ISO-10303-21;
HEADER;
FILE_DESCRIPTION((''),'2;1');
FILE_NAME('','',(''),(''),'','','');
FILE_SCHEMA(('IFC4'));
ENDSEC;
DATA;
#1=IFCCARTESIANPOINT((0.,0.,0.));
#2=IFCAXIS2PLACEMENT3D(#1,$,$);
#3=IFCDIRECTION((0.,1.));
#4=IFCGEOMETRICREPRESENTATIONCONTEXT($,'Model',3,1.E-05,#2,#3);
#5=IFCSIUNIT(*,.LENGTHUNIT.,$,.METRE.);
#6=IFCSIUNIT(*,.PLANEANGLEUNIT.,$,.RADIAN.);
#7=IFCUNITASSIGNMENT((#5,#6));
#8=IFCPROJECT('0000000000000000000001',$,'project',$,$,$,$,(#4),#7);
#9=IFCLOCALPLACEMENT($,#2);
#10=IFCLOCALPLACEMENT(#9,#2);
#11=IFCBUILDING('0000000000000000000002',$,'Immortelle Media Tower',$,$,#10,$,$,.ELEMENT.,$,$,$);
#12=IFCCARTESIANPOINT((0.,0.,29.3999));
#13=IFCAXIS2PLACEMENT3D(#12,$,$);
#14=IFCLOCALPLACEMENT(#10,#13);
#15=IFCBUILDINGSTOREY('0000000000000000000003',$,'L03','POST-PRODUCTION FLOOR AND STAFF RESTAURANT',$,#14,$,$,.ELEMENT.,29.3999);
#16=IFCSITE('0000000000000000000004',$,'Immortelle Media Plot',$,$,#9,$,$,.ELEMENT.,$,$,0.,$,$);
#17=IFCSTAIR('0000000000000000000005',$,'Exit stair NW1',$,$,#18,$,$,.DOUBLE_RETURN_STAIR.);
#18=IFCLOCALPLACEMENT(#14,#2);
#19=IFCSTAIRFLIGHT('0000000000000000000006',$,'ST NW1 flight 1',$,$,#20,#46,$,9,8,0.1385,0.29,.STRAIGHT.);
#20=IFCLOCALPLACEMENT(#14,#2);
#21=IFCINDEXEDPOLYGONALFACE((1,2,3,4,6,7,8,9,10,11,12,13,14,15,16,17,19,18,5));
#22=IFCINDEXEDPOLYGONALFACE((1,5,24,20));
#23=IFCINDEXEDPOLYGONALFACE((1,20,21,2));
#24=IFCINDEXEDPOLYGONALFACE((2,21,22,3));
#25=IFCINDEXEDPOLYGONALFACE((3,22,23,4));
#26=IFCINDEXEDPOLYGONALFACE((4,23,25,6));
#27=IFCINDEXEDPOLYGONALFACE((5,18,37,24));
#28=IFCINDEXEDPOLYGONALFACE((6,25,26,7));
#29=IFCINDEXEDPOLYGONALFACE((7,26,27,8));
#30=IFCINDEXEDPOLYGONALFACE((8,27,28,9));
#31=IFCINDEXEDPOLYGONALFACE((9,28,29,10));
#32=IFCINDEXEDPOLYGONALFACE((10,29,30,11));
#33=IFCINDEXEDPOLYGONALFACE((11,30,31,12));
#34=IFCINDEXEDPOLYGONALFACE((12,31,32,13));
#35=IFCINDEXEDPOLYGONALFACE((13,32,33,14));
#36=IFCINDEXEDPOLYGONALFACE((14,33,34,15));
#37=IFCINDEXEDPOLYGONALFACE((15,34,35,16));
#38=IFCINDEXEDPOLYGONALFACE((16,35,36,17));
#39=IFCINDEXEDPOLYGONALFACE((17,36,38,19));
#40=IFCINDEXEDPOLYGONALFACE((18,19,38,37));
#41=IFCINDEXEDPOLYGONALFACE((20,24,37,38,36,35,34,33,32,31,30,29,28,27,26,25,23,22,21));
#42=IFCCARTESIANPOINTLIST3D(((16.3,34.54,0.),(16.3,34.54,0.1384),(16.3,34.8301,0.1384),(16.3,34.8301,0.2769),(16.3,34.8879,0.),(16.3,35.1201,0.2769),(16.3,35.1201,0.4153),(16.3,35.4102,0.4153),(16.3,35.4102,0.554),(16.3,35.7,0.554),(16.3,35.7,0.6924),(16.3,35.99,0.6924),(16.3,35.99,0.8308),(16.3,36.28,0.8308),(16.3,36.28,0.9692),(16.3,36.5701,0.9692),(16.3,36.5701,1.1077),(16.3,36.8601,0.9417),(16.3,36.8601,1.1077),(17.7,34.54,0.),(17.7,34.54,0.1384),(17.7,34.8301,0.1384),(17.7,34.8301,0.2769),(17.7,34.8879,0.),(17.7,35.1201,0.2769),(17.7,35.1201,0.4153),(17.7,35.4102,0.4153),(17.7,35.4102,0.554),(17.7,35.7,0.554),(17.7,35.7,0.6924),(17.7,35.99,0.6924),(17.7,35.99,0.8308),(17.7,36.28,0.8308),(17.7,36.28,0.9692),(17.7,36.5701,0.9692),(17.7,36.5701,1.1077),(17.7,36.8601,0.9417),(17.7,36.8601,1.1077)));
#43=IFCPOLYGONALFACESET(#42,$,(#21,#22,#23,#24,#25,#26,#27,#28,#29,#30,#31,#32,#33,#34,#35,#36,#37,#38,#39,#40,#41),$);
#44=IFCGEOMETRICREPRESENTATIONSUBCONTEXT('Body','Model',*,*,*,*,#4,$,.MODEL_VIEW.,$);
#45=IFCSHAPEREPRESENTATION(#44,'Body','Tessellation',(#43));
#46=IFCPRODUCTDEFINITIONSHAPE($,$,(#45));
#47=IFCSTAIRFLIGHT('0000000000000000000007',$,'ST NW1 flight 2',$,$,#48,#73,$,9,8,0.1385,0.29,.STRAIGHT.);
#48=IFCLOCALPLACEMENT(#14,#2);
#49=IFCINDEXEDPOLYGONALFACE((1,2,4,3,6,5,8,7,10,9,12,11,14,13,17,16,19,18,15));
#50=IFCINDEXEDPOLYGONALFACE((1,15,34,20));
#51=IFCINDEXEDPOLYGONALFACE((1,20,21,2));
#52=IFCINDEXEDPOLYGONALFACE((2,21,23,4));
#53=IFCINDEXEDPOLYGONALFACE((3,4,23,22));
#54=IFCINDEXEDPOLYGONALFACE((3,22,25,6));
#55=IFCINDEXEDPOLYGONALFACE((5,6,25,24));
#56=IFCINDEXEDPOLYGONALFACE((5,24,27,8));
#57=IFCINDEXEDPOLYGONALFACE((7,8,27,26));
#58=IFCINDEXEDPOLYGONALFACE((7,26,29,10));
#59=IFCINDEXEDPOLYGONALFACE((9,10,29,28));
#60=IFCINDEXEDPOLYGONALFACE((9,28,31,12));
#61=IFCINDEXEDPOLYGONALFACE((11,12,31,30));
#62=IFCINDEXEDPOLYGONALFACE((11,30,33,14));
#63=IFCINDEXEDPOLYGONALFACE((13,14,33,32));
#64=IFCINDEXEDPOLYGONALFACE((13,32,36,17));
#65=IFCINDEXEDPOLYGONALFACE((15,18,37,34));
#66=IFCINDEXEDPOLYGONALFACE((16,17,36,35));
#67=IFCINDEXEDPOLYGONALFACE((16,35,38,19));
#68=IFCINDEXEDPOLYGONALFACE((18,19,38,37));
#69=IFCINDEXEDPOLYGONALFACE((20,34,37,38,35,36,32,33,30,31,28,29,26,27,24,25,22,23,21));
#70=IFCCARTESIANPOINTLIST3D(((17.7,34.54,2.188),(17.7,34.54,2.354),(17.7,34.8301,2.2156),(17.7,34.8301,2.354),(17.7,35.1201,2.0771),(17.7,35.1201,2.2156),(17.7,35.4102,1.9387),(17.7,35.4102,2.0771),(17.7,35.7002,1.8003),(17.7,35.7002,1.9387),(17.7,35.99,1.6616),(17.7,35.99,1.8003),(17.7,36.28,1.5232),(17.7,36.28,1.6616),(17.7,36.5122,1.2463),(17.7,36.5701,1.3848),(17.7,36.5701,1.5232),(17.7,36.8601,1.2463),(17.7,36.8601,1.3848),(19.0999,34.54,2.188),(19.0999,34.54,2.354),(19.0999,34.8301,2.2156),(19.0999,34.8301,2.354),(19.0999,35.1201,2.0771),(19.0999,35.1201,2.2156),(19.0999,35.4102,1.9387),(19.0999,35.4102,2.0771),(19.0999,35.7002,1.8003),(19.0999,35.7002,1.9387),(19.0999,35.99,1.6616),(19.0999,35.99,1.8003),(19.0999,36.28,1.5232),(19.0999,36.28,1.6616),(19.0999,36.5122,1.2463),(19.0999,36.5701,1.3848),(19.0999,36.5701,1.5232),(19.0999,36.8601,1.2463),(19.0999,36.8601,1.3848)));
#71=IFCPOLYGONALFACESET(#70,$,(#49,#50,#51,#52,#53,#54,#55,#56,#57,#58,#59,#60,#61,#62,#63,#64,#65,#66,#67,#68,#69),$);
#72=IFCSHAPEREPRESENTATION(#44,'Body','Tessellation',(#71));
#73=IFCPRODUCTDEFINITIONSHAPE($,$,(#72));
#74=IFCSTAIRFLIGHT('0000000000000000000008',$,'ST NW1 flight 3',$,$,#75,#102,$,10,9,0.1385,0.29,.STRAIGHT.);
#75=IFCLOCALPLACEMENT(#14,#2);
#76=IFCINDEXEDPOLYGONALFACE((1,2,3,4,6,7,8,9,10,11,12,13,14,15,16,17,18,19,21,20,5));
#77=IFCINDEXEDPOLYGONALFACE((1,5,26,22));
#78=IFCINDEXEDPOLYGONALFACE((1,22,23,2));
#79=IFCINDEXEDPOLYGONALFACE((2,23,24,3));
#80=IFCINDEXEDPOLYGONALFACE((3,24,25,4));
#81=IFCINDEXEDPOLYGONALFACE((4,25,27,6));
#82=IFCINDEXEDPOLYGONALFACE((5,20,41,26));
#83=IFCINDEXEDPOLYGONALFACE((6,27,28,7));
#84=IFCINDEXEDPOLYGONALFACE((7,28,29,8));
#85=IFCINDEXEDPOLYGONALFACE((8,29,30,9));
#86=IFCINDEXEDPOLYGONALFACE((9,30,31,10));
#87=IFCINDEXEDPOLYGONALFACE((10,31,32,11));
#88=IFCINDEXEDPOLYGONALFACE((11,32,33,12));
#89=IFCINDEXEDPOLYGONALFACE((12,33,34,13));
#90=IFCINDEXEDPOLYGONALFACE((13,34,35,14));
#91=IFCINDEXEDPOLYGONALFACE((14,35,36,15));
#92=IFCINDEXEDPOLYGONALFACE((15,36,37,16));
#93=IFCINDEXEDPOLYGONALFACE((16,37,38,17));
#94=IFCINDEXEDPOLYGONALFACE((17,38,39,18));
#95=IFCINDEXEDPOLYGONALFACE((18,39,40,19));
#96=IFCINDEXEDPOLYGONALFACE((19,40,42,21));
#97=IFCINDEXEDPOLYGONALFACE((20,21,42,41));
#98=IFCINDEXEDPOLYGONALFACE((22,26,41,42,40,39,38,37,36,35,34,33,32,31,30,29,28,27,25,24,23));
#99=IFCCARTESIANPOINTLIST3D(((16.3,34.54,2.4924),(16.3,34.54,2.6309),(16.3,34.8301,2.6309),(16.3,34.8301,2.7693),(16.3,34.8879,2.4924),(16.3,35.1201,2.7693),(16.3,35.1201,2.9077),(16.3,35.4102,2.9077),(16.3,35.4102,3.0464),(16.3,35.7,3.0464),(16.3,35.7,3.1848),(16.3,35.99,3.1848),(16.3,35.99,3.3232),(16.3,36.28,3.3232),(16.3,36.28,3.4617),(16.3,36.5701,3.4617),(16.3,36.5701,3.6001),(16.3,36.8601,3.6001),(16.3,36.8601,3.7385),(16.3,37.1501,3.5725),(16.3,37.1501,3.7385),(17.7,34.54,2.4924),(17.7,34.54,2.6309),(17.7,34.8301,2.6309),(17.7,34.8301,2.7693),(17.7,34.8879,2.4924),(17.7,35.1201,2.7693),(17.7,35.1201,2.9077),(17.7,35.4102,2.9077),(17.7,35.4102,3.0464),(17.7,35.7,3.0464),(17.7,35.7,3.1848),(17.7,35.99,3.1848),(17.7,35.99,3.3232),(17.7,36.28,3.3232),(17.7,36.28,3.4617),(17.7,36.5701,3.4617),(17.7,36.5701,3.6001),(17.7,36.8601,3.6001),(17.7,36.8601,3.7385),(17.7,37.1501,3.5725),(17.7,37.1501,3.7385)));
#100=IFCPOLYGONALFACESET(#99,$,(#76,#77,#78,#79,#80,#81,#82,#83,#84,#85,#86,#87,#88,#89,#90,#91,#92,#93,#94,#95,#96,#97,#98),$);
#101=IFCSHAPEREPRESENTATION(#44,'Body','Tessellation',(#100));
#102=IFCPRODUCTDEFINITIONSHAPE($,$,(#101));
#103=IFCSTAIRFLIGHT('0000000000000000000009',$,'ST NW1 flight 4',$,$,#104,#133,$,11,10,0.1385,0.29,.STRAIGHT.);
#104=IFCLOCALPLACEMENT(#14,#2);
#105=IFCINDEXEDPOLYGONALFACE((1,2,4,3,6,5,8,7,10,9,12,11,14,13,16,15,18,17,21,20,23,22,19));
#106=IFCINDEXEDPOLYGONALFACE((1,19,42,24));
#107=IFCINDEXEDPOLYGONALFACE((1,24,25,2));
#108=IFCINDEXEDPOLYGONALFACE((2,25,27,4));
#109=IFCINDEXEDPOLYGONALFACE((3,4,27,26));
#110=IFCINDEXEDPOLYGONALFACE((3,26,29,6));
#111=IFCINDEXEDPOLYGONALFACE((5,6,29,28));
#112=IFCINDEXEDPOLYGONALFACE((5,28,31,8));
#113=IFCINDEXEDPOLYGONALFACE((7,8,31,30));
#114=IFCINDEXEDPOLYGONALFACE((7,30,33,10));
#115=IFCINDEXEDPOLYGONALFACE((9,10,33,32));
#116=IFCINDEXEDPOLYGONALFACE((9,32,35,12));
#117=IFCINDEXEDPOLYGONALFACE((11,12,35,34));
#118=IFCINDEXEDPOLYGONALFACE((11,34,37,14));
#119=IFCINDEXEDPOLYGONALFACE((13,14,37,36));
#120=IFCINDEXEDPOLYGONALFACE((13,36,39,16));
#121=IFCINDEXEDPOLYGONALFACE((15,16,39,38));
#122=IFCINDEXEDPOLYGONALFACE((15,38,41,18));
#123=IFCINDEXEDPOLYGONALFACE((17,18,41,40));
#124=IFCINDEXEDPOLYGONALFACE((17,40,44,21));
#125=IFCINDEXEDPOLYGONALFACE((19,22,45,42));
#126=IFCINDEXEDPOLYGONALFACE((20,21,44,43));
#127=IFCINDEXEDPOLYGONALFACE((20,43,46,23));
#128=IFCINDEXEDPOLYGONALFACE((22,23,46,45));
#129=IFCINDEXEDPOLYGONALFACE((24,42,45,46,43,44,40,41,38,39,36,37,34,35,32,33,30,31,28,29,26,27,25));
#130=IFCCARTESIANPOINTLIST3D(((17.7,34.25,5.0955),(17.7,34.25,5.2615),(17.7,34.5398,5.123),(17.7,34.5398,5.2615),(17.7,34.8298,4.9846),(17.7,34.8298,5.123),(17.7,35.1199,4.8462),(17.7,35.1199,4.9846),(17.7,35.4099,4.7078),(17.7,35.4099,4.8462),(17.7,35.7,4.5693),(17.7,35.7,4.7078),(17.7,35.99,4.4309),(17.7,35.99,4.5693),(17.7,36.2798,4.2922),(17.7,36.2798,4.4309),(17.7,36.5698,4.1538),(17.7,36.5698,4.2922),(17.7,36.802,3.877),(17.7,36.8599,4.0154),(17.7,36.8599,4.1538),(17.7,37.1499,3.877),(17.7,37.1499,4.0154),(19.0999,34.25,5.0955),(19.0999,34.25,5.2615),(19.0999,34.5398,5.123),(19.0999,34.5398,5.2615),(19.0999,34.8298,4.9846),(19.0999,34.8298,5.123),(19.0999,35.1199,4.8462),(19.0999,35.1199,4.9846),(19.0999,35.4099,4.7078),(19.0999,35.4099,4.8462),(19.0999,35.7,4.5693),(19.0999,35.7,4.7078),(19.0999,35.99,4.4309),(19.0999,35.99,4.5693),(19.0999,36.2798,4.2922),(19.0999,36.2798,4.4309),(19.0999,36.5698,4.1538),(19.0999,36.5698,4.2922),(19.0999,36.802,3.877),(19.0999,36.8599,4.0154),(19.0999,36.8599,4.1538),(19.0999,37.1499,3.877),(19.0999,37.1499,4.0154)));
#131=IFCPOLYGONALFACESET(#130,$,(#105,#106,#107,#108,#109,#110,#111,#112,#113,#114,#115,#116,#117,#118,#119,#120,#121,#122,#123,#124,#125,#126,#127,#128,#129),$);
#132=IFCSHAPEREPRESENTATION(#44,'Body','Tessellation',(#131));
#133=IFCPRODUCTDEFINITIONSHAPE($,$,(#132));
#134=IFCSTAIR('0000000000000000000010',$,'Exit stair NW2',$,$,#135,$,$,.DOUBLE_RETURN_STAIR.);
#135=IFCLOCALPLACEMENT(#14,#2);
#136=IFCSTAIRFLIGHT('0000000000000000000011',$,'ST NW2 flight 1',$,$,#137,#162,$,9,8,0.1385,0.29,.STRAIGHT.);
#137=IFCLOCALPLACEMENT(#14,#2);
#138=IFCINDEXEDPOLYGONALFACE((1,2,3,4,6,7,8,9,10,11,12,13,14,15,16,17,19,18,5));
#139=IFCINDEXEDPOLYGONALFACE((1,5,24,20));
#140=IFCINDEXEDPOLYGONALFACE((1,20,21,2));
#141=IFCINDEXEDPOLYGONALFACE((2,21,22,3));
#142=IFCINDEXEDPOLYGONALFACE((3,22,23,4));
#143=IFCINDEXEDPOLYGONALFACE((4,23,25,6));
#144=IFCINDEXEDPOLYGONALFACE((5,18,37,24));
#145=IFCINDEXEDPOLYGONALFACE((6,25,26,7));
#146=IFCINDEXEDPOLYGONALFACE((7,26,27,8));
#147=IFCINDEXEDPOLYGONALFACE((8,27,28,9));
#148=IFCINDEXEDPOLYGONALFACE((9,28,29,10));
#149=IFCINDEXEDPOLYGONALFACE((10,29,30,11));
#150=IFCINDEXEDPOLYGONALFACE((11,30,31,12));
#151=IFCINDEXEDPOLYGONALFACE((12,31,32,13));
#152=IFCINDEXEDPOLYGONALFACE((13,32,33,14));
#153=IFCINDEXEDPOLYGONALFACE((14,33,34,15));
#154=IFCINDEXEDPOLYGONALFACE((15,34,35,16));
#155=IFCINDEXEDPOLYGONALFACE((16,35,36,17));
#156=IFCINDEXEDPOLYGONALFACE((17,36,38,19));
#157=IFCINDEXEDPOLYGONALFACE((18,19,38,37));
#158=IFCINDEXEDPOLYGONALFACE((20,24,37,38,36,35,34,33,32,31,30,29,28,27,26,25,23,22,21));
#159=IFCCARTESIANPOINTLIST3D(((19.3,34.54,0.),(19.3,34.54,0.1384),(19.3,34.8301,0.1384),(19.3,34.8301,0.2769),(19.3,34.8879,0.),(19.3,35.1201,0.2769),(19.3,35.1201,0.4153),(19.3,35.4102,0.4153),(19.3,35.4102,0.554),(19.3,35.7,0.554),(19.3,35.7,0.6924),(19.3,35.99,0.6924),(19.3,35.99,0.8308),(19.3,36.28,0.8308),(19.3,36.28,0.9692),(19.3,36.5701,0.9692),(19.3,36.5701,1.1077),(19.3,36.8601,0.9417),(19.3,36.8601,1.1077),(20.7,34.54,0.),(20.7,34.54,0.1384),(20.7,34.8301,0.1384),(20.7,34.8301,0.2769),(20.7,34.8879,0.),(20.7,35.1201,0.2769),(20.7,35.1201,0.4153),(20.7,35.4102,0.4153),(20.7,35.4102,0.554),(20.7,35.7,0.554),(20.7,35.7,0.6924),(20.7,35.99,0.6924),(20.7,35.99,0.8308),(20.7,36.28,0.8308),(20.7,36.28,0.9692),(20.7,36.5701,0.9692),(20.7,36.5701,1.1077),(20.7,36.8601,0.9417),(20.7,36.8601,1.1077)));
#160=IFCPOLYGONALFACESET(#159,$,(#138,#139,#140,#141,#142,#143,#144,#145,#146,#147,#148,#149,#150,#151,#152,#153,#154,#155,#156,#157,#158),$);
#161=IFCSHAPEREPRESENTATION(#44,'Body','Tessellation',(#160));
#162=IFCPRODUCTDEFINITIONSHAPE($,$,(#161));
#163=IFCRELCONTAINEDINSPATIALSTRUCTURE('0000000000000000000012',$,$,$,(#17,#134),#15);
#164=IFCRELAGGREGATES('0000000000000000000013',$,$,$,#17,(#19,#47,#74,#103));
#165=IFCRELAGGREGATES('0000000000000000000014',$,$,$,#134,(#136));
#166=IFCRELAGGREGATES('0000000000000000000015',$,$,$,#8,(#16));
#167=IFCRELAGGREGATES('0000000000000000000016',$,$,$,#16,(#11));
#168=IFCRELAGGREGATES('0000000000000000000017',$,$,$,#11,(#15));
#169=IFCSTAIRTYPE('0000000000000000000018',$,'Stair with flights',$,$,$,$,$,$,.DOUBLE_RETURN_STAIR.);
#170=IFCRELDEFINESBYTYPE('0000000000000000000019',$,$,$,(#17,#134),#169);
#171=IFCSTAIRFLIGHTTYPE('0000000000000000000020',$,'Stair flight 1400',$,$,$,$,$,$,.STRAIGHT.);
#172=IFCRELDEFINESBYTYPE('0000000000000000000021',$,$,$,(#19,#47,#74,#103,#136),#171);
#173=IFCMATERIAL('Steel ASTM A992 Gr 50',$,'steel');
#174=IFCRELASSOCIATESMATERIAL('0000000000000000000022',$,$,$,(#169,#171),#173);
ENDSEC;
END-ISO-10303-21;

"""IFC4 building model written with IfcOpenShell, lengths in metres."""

from ifc_helpers import new_model, si_unit, direction, frame, origin, place, context, subcontext, project, spatial, polyline, outline, extrude, material, type_object, element, aggregate, save


model = new_model("IFC4")

# Units and contexts
model_context = context("Model", 3, precision=1e-05, world=origin(), true_north=direction((0.0, 1.0)))
body_context = subcontext(model_context, "Body", "Model", "MODEL_VIEW")
ifc_project = project(units=[si_unit("LENGTHUNIT", "METRE"), si_unit("PLANEANGLEUNIT", "RADIAN")], contexts=[model_context])

# Site, building, storey
site_placement = place(None, origin())
site = spatial("IfcSite", under=ifc_project, at=site_placement, Name="Immortelle Media Plot", CompositionType="ELEMENT", RefElevation=0.0)
building_placement = place(site_placement, origin())
building = spatial("IfcBuilding", under=site, at=building_placement, Name="Immortelle Media Tower", CompositionType="ELEMENT")
storey_placement = place(building_placement, frame((0.0, 0.0, 29.3999)))
storey = spatial("IfcBuildingStorey", under=building, at=storey_placement, Name="L03", Description="POST-PRODUCTION FLOOR AND STAFF RESTAURANT", CompositionType="ELEMENT", Elevation=29.3999)

# Shared definitions
ifc_material_1 = material(Name="Steel ASTM A992 Gr 50", Category="steel")

# Stairs, stair flights
stair_type = type_object("IfcStairType", Name="Stair with flights", PredefinedType="DOUBLE_RETURN_STAIR", material=ifc_material_1)
stair_1_placement = place(storey_placement, origin())
stair_1 = element("IfcStair", 1, at=stair_1_placement, inside=storey, type_object=stair_type, Name="Exit stair NW1", PredefinedType="DOUBLE_RETURN_STAIR")
stair_flight_type = type_object("IfcStairFlightType", Name="Stair flight 1400", PredefinedType="STRAIGHT", material=ifc_material_1)
stair_flight_1_placement = place(storey_placement, frame((17.0, 34.54, 0.0), z_axis=(0.0, 0.0, 1.0), x_axis=(0.0, 1.0, 0.0)))
stair_flight_1 = element("IfcStairFlight", 2, at=stair_flight_1_placement, type_object=stair_flight_type, Name="ST NW1 flight 1", NumberOfRisers=9, NumberOfTreads=8, PredefinedType="STRAIGHT", RiserHeight=0.1385, TreadLength=0.29, context=body_context, shape_type="SweptSolid", body=[
    extrude(outline(polyline([(0.0, 0.0), (0.0, 0.1384), (0.29, 0.1384), (0.29, 0.2769), (0.5801, 0.2769), (0.5801, 0.4153), (0.8701, 0.4153), (0.8701, 0.554), (1.1599, 0.554), (1.1599, 0.6924), (1.45, 0.6924), (1.45, 0.8308), (1.74, 0.8308), (1.74, 0.9692), (2.03, 0.9692), (2.03, 1.1077), (2.3201, 1.1077), (2.3201, 1.2461), (2.3201, 0.9417), (0.3479, 0.0), (0.0, 0.0)])), frame((0.0, 0.7, 0.0), z_axis=(0.0, -1.0, 0.0), x_axis=(1.0, 0.0, 0.0)), (0.0, 0.0, 1.0), 1.3999),
])
stair_flight_2_placement = place(storey_placement, frame((18.3999, 36.8601, 1.2463), z_axis=(0.0, 0.0, 1.0), x_axis=(0.0, -1.0, 0.0)))
stair_flight_2 = element("IfcStairFlight", 3, at=stair_flight_2_placement, type_object=stair_flight_type, Name="ST NW1 flight 2", NumberOfRisers=9, NumberOfTreads=8, PredefinedType="STRAIGHT", RiserHeight=0.1385, TreadLength=0.29, context=body_context, shape_type="SweptSolid", body=[
    extrude(outline(polyline([(0.0, 0.0), (0.0, 0.1384), (0.29, 0.1384), (0.29, 0.2769), (0.5801, 0.2769), (0.5801, 0.4153), (0.8701, 0.4153), (0.8701, 0.554), (1.1599, 0.554), (1.1599, 0.6924), (1.45, 0.6924), (1.45, 0.8308), (1.74, 0.8308), (1.74, 0.9692), (2.03, 0.9692), (2.03, 1.1077), (2.3201, 1.1077), (2.3201, 1.2461), (2.3201, 0.9417), (0.3479, 0.0), (0.0, 0.0)])), frame((0.0, 0.7, 0.0), z_axis=(0.0, -1.0, 0.0), x_axis=(1.0, 0.0, 0.0)), (0.0, 0.0, 1.0), 1.3999),
])
stair_flight_3_placement = place(storey_placement, frame((17.0, 34.54, 2.4924), z_axis=(0.0, 0.0, 1.0), x_axis=(0.0, 1.0, 0.0)))
stair_flight_3 = element("IfcStairFlight", 4, at=stair_flight_3_placement, type_object=stair_flight_type, Name="ST NW1 flight 3", NumberOfRisers=10, NumberOfTreads=9, PredefinedType="STRAIGHT", RiserHeight=0.1385, TreadLength=0.29, context=body_context, shape_type="SweptSolid", body=[
    extrude(outline(polyline([(0.0, 0.0), (0.0, 0.1384), (0.29, 0.1384), (0.29, 0.2769), (0.5801, 0.2769), (0.5801, 0.4153), (0.8701, 0.4153), (0.8701, 0.554), (1.1599, 0.554), (1.1599, 0.6924), (1.45, 0.6924), (1.45, 0.8308), (1.74, 0.8308), (1.74, 0.9692), (2.03, 0.9692), (2.03, 1.1077), (2.3201, 1.1077), (2.3201, 1.2461), (2.6101, 1.2461), (2.6101, 1.3845), (2.6101, 1.0801), (0.3479, 0.0), (0.0, 0.0)])), frame((0.0, 0.7, 0.0), z_axis=(0.0, -1.0, 0.0), x_axis=(1.0, 0.0, 0.0)), (0.0, 0.0, 1.0), 1.3999),
])
stair_flight_4_placement = place(storey_placement, frame((18.3999, 37.1499, 3.877), z_axis=(0.0, 0.0, 1.0), x_axis=(0.0, -1.0, 0.0)))
stair_flight_4 = element("IfcStairFlight", 5, at=stair_flight_4_placement, type_object=stair_flight_type, Name="ST NW1 flight 4", NumberOfRisers=11, NumberOfTreads=10, PredefinedType="STRAIGHT", RiserHeight=0.1385, TreadLength=0.29, context=body_context, shape_type="SweptSolid", body=[
    extrude(outline(polyline([(0.0, 0.0), (0.0, 0.1384), (0.29, 0.1384), (0.29, 0.2769), (0.5801, 0.2769), (0.5801, 0.4153), (0.8701, 0.4153), (0.8701, 0.554), (1.1599, 0.554), (1.1599, 0.6924), (1.45, 0.6924), (1.45, 0.8308), (1.74, 0.8308), (1.74, 0.9692), (2.03, 0.9692), (2.03, 1.1077), (2.3201, 1.1077), (2.3201, 1.2461), (2.6101, 1.2461), (2.6101, 1.3845), (2.8999, 1.3845), (2.8999, 1.5232), (2.8999, 1.2185), (0.3479, 0.0), (0.0, 0.0)])), frame((0.0, 0.7, 0.0), z_axis=(0.0, -1.0, 0.0), x_axis=(1.0, 0.0, 0.0)), (0.0, 0.0, 1.0), 1.3999),
])
aggregate(stair_1, [stair_flight_1, stair_flight_2, stair_flight_3, stair_flight_4])
stair_2_placement = place(storey_placement, origin())
stair_2 = element("IfcStair", 6, at=stair_2_placement, inside=storey, type_object=stair_type, Name="Exit stair NW2", PredefinedType="DOUBLE_RETURN_STAIR")
stair_flight_5_placement = place(storey_placement, frame((20.0, 34.54, 0.0), z_axis=(0.0, 0.0, 1.0), x_axis=(0.0, 1.0, 0.0)))
stair_flight_5 = element("IfcStairFlight", 7, at=stair_flight_5_placement, type_object=stair_flight_type, Name="ST NW2 flight 1", NumberOfRisers=9, NumberOfTreads=8, PredefinedType="STRAIGHT", RiserHeight=0.1385, TreadLength=0.29, context=body_context, shape_type="SweptSolid", body=[
    extrude(outline(polyline([(0.0, 0.0), (0.0, 0.1384), (0.29, 0.1384), (0.29, 0.2769), (0.5801, 0.2769), (0.5801, 0.4153), (0.8701, 0.4153), (0.8701, 0.554), (1.1599, 0.554), (1.1599, 0.6924), (1.45, 0.6924), (1.45, 0.8308), (1.74, 0.8308), (1.74, 0.9692), (2.03, 0.9692), (2.03, 1.1077), (2.3201, 1.1077), (2.3201, 1.2461), (2.3201, 0.9417), (0.3479, 0.0), (0.0, 0.0)])), frame((0.0, 0.7, 0.0), z_axis=(0.0, -1.0, 0.0), x_axis=(1.0, 0.0, 0.0)), (0.0, 0.0, 1.0), 1.3999),
])
aggregate(stair_2, [stair_flight_5])

save(model, "model.ifc")
